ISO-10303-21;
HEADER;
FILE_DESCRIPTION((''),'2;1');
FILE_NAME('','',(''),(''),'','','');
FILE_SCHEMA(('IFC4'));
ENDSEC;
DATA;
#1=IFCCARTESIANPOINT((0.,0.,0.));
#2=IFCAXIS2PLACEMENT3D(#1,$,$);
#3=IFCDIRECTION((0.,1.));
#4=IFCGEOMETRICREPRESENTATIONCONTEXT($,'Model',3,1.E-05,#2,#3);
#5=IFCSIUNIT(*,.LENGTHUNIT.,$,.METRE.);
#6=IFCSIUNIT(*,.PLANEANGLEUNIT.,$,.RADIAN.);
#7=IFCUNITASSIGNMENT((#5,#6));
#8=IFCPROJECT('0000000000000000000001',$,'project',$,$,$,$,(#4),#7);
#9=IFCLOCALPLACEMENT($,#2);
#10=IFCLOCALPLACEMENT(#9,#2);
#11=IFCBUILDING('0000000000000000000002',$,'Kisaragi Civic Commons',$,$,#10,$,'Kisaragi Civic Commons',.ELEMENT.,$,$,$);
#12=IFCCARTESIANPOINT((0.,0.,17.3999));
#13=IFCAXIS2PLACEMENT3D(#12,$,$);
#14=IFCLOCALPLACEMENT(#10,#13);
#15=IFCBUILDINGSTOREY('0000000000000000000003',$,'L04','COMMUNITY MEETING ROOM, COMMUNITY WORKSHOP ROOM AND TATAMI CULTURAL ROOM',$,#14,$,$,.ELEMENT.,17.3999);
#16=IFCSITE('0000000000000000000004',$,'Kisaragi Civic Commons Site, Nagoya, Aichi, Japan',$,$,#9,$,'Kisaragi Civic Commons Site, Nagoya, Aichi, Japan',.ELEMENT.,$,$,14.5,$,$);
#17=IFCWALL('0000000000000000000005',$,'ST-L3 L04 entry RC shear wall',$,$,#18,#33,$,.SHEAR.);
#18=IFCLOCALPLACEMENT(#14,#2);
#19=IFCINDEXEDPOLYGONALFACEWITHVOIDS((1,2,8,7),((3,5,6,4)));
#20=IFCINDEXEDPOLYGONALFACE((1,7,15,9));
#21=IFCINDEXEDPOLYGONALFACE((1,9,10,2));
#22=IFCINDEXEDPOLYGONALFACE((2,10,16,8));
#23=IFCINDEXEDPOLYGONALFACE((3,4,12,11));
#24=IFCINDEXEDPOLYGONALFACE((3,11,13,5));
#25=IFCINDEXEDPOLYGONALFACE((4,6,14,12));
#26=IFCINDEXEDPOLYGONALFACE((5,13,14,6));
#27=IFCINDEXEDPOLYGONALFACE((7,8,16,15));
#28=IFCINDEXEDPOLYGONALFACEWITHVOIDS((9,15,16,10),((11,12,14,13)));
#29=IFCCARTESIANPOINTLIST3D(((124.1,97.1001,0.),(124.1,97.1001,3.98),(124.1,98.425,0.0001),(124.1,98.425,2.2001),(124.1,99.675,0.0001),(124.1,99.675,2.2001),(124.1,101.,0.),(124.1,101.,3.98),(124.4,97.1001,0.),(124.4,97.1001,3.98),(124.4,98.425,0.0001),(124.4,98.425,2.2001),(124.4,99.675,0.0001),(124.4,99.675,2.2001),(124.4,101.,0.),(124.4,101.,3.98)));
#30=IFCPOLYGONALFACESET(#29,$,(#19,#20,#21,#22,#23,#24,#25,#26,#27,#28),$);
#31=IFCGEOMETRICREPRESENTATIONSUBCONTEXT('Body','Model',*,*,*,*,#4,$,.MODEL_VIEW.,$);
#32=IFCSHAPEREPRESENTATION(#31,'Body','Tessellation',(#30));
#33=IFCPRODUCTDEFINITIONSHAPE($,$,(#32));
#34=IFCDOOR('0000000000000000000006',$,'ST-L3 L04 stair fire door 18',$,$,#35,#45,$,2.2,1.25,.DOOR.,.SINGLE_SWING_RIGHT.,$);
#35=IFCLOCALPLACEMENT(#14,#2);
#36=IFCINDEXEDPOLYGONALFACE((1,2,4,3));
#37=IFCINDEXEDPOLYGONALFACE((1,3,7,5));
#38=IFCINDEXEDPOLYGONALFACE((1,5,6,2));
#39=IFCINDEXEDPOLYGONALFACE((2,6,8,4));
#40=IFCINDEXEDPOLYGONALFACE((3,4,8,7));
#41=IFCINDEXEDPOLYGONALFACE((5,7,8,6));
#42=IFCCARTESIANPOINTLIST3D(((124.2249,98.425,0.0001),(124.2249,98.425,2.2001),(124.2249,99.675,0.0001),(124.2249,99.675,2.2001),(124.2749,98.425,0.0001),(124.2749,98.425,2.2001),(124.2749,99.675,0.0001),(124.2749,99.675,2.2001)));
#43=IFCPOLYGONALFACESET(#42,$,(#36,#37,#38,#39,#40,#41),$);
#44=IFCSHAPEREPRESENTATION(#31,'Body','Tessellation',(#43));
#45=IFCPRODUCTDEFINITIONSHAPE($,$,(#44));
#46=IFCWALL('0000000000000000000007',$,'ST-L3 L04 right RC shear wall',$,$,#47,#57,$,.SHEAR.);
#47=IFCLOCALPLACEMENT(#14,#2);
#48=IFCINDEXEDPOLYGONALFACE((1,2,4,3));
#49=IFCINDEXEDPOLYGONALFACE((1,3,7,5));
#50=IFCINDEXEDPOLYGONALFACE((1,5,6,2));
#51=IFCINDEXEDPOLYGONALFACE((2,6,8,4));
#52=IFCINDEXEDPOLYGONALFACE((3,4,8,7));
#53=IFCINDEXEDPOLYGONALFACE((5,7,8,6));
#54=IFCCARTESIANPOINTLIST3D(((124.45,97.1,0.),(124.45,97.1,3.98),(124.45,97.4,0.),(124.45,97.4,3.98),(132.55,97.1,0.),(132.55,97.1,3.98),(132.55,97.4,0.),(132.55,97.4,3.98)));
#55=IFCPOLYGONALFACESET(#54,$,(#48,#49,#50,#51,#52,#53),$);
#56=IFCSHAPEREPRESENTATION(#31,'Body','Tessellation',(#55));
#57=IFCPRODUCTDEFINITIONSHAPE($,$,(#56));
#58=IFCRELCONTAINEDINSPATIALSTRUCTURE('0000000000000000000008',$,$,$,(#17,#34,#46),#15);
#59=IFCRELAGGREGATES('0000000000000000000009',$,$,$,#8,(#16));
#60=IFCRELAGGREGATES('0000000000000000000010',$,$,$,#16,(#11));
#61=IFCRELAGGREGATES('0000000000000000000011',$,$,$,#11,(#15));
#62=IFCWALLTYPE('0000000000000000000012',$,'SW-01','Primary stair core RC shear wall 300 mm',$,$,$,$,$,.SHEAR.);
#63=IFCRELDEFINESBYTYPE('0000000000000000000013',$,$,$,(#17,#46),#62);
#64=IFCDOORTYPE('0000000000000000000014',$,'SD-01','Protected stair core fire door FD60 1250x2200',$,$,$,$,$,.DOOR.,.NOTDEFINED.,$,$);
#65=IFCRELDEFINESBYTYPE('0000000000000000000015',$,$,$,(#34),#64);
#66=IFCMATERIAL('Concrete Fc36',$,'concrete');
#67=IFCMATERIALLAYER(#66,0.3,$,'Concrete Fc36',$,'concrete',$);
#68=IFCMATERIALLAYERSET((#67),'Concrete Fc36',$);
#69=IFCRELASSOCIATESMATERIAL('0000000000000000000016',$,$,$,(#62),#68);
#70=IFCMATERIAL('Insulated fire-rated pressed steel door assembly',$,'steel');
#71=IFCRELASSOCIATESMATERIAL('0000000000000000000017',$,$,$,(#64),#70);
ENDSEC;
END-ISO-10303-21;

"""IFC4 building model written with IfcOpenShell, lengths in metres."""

from ifc_helpers import new_model, si_unit, direction, frame, frame_2d, origin, place, context, subcontext, project, spatial, rectangle, extrude, material, layer, layer_set, type_object, element, fill, save


model = new_model("IFC4")

# Units and contexts
model_context = context("Model", 3, precision=1e-05, world=origin(), true_north=direction((0.0, 1.0)))
body_context = subcontext(model_context, "Body", "Model", "MODEL_VIEW")
ifc_project = project(units=[si_unit("LENGTHUNIT", "METRE"), si_unit("PLANEANGLEUNIT", "RADIAN")], contexts=[model_context])

# Site, building, storey
site_placement = place(None, origin())
site = spatial("IfcSite", under=ifc_project, at=site_placement, Name="Kisaragi Civic Commons Site, Nagoya, Aichi, Japan", LongName="Kisaragi Civic Commons Site, Nagoya, Aichi, Japan", CompositionType="ELEMENT", RefElevation=14.5)
building_placement = place(site_placement, origin())
building = spatial("IfcBuilding", under=site, at=building_placement, Name="Kisaragi Civic Commons", LongName="Kisaragi Civic Commons", CompositionType="ELEMENT")
storey_placement = place(building_placement, frame((0.0, 0.0, 17.3999)))
storey = spatial("IfcBuildingStorey", under=building, at=storey_placement, Name="L04", Description="COMMUNITY MEETING ROOM, COMMUNITY WORKSHOP ROOM AND TATAMI CULTURAL ROOM", CompositionType="ELEMENT", Elevation=17.3999)

# Wall, opening, door
ifc_material_1 = material(Name="Concrete Fc36", Category="concrete")
ifc_layer_1 = layer(ifc_material_1, 0.3, Name="Concrete Fc36", Category="concrete")
ifc_layer_set_1 = layer_set([ifc_layer_1], Name="Concrete Fc36")
wall_type_1 = type_object("IfcWallType", Name="SW-01", Description="Primary stair core RC shear wall 300 mm", PredefinedType="SHEAR", material=ifc_layer_set_1)
wall_1_placement = place(storey_placement, frame((124.25, 101.0, 0.0), z_axis=(0.0, 0.0, 1.0), x_axis=(0.0, -1.0, 0.0)))
wall_1 = element("IfcWall", 1, at=wall_1_placement, inside=storey, type_object=wall_type_1, Name="ST-L3 L04 entry RC shear wall", PredefinedType="SHEAR", context=body_context, shape_type="SweptSolid", body=[
    extrude(rectangle(XDim=3.8999, YDim=0.3, at=frame_2d((1.95, 0.0))), origin(), (0.0, 0.0, 1.0), 3.98),
])
opening_1_placement = place(wall_1_placement, frame((1.325, 0.0, 0.0)))
opening_1 = element("IfcOpeningElement", 2, at=opening_1_placement, cuts=wall_1, PredefinedType="OPENING", context=body_context, shape_type="SweptSolid", body=[
    extrude(rectangle(XDim=1.25, YDim=2.2, at=frame_2d((0.625, 1.1001))), frame((0.0, 0.1599, 0.0), z_axis=(0.0, -1.0, 0.0), x_axis=(1.0, 0.0, 0.0)), (0.0, 0.0, 1.0), 0.3201),
])
ifc_material_2 = material(Name="Insulated fire-rated pressed steel door assembly", Category="steel")
door_type_1 = type_object("IfcDoorType", Name="SD-01", Description="Protected stair core fire door FD60 1250x2200", OperationType="NOTDEFINED", PredefinedType="DOOR", material=ifc_material_2)
door_1_placement = place(opening_1_placement, origin())
door_1 = element("IfcDoor", 3, at=door_1_placement, inside=storey, type_object=door_type_1, Name="ST-L3 L04 stair fire door 18", OperationType="SINGLE_SWING_RIGHT", OverallHeight=2.2, OverallWidth=1.25, PredefinedType="DOOR", context=body_context, shape_type="SweptSolid", body=[
    extrude(rectangle(XDim=1.25, YDim=2.2, at=frame_2d((0.625, 1.1001))), frame((0.0, 0.0249, 0.0), z_axis=(0.0, -1.0, 0.0), x_axis=(1.0, 0.0, 0.0)), (0.0, 0.0, 1.0), 0.05),
])
fill(opening_1, door_1)

# Wall
wall_2_placement = place(storey_placement, frame((124.45, 97.25, 0.0), z_axis=(0.0, 0.0, 1.0), x_axis=(1.0, 0.0, 0.0)))
element("IfcWall", 4, at=wall_2_placement, inside=storey, type_object=wall_type_1, Name="ST-L3 L04 right RC shear wall", PredefinedType="SHEAR", context=body_context, shape_type="SweptSolid", body=[
    extrude(rectangle(XDim=8.1001, YDim=0.3, at=frame_2d((4.05, 0.0))), origin(), (0.0, 0.0, 1.0), 3.98),
])

save(model, "model.ifc")
